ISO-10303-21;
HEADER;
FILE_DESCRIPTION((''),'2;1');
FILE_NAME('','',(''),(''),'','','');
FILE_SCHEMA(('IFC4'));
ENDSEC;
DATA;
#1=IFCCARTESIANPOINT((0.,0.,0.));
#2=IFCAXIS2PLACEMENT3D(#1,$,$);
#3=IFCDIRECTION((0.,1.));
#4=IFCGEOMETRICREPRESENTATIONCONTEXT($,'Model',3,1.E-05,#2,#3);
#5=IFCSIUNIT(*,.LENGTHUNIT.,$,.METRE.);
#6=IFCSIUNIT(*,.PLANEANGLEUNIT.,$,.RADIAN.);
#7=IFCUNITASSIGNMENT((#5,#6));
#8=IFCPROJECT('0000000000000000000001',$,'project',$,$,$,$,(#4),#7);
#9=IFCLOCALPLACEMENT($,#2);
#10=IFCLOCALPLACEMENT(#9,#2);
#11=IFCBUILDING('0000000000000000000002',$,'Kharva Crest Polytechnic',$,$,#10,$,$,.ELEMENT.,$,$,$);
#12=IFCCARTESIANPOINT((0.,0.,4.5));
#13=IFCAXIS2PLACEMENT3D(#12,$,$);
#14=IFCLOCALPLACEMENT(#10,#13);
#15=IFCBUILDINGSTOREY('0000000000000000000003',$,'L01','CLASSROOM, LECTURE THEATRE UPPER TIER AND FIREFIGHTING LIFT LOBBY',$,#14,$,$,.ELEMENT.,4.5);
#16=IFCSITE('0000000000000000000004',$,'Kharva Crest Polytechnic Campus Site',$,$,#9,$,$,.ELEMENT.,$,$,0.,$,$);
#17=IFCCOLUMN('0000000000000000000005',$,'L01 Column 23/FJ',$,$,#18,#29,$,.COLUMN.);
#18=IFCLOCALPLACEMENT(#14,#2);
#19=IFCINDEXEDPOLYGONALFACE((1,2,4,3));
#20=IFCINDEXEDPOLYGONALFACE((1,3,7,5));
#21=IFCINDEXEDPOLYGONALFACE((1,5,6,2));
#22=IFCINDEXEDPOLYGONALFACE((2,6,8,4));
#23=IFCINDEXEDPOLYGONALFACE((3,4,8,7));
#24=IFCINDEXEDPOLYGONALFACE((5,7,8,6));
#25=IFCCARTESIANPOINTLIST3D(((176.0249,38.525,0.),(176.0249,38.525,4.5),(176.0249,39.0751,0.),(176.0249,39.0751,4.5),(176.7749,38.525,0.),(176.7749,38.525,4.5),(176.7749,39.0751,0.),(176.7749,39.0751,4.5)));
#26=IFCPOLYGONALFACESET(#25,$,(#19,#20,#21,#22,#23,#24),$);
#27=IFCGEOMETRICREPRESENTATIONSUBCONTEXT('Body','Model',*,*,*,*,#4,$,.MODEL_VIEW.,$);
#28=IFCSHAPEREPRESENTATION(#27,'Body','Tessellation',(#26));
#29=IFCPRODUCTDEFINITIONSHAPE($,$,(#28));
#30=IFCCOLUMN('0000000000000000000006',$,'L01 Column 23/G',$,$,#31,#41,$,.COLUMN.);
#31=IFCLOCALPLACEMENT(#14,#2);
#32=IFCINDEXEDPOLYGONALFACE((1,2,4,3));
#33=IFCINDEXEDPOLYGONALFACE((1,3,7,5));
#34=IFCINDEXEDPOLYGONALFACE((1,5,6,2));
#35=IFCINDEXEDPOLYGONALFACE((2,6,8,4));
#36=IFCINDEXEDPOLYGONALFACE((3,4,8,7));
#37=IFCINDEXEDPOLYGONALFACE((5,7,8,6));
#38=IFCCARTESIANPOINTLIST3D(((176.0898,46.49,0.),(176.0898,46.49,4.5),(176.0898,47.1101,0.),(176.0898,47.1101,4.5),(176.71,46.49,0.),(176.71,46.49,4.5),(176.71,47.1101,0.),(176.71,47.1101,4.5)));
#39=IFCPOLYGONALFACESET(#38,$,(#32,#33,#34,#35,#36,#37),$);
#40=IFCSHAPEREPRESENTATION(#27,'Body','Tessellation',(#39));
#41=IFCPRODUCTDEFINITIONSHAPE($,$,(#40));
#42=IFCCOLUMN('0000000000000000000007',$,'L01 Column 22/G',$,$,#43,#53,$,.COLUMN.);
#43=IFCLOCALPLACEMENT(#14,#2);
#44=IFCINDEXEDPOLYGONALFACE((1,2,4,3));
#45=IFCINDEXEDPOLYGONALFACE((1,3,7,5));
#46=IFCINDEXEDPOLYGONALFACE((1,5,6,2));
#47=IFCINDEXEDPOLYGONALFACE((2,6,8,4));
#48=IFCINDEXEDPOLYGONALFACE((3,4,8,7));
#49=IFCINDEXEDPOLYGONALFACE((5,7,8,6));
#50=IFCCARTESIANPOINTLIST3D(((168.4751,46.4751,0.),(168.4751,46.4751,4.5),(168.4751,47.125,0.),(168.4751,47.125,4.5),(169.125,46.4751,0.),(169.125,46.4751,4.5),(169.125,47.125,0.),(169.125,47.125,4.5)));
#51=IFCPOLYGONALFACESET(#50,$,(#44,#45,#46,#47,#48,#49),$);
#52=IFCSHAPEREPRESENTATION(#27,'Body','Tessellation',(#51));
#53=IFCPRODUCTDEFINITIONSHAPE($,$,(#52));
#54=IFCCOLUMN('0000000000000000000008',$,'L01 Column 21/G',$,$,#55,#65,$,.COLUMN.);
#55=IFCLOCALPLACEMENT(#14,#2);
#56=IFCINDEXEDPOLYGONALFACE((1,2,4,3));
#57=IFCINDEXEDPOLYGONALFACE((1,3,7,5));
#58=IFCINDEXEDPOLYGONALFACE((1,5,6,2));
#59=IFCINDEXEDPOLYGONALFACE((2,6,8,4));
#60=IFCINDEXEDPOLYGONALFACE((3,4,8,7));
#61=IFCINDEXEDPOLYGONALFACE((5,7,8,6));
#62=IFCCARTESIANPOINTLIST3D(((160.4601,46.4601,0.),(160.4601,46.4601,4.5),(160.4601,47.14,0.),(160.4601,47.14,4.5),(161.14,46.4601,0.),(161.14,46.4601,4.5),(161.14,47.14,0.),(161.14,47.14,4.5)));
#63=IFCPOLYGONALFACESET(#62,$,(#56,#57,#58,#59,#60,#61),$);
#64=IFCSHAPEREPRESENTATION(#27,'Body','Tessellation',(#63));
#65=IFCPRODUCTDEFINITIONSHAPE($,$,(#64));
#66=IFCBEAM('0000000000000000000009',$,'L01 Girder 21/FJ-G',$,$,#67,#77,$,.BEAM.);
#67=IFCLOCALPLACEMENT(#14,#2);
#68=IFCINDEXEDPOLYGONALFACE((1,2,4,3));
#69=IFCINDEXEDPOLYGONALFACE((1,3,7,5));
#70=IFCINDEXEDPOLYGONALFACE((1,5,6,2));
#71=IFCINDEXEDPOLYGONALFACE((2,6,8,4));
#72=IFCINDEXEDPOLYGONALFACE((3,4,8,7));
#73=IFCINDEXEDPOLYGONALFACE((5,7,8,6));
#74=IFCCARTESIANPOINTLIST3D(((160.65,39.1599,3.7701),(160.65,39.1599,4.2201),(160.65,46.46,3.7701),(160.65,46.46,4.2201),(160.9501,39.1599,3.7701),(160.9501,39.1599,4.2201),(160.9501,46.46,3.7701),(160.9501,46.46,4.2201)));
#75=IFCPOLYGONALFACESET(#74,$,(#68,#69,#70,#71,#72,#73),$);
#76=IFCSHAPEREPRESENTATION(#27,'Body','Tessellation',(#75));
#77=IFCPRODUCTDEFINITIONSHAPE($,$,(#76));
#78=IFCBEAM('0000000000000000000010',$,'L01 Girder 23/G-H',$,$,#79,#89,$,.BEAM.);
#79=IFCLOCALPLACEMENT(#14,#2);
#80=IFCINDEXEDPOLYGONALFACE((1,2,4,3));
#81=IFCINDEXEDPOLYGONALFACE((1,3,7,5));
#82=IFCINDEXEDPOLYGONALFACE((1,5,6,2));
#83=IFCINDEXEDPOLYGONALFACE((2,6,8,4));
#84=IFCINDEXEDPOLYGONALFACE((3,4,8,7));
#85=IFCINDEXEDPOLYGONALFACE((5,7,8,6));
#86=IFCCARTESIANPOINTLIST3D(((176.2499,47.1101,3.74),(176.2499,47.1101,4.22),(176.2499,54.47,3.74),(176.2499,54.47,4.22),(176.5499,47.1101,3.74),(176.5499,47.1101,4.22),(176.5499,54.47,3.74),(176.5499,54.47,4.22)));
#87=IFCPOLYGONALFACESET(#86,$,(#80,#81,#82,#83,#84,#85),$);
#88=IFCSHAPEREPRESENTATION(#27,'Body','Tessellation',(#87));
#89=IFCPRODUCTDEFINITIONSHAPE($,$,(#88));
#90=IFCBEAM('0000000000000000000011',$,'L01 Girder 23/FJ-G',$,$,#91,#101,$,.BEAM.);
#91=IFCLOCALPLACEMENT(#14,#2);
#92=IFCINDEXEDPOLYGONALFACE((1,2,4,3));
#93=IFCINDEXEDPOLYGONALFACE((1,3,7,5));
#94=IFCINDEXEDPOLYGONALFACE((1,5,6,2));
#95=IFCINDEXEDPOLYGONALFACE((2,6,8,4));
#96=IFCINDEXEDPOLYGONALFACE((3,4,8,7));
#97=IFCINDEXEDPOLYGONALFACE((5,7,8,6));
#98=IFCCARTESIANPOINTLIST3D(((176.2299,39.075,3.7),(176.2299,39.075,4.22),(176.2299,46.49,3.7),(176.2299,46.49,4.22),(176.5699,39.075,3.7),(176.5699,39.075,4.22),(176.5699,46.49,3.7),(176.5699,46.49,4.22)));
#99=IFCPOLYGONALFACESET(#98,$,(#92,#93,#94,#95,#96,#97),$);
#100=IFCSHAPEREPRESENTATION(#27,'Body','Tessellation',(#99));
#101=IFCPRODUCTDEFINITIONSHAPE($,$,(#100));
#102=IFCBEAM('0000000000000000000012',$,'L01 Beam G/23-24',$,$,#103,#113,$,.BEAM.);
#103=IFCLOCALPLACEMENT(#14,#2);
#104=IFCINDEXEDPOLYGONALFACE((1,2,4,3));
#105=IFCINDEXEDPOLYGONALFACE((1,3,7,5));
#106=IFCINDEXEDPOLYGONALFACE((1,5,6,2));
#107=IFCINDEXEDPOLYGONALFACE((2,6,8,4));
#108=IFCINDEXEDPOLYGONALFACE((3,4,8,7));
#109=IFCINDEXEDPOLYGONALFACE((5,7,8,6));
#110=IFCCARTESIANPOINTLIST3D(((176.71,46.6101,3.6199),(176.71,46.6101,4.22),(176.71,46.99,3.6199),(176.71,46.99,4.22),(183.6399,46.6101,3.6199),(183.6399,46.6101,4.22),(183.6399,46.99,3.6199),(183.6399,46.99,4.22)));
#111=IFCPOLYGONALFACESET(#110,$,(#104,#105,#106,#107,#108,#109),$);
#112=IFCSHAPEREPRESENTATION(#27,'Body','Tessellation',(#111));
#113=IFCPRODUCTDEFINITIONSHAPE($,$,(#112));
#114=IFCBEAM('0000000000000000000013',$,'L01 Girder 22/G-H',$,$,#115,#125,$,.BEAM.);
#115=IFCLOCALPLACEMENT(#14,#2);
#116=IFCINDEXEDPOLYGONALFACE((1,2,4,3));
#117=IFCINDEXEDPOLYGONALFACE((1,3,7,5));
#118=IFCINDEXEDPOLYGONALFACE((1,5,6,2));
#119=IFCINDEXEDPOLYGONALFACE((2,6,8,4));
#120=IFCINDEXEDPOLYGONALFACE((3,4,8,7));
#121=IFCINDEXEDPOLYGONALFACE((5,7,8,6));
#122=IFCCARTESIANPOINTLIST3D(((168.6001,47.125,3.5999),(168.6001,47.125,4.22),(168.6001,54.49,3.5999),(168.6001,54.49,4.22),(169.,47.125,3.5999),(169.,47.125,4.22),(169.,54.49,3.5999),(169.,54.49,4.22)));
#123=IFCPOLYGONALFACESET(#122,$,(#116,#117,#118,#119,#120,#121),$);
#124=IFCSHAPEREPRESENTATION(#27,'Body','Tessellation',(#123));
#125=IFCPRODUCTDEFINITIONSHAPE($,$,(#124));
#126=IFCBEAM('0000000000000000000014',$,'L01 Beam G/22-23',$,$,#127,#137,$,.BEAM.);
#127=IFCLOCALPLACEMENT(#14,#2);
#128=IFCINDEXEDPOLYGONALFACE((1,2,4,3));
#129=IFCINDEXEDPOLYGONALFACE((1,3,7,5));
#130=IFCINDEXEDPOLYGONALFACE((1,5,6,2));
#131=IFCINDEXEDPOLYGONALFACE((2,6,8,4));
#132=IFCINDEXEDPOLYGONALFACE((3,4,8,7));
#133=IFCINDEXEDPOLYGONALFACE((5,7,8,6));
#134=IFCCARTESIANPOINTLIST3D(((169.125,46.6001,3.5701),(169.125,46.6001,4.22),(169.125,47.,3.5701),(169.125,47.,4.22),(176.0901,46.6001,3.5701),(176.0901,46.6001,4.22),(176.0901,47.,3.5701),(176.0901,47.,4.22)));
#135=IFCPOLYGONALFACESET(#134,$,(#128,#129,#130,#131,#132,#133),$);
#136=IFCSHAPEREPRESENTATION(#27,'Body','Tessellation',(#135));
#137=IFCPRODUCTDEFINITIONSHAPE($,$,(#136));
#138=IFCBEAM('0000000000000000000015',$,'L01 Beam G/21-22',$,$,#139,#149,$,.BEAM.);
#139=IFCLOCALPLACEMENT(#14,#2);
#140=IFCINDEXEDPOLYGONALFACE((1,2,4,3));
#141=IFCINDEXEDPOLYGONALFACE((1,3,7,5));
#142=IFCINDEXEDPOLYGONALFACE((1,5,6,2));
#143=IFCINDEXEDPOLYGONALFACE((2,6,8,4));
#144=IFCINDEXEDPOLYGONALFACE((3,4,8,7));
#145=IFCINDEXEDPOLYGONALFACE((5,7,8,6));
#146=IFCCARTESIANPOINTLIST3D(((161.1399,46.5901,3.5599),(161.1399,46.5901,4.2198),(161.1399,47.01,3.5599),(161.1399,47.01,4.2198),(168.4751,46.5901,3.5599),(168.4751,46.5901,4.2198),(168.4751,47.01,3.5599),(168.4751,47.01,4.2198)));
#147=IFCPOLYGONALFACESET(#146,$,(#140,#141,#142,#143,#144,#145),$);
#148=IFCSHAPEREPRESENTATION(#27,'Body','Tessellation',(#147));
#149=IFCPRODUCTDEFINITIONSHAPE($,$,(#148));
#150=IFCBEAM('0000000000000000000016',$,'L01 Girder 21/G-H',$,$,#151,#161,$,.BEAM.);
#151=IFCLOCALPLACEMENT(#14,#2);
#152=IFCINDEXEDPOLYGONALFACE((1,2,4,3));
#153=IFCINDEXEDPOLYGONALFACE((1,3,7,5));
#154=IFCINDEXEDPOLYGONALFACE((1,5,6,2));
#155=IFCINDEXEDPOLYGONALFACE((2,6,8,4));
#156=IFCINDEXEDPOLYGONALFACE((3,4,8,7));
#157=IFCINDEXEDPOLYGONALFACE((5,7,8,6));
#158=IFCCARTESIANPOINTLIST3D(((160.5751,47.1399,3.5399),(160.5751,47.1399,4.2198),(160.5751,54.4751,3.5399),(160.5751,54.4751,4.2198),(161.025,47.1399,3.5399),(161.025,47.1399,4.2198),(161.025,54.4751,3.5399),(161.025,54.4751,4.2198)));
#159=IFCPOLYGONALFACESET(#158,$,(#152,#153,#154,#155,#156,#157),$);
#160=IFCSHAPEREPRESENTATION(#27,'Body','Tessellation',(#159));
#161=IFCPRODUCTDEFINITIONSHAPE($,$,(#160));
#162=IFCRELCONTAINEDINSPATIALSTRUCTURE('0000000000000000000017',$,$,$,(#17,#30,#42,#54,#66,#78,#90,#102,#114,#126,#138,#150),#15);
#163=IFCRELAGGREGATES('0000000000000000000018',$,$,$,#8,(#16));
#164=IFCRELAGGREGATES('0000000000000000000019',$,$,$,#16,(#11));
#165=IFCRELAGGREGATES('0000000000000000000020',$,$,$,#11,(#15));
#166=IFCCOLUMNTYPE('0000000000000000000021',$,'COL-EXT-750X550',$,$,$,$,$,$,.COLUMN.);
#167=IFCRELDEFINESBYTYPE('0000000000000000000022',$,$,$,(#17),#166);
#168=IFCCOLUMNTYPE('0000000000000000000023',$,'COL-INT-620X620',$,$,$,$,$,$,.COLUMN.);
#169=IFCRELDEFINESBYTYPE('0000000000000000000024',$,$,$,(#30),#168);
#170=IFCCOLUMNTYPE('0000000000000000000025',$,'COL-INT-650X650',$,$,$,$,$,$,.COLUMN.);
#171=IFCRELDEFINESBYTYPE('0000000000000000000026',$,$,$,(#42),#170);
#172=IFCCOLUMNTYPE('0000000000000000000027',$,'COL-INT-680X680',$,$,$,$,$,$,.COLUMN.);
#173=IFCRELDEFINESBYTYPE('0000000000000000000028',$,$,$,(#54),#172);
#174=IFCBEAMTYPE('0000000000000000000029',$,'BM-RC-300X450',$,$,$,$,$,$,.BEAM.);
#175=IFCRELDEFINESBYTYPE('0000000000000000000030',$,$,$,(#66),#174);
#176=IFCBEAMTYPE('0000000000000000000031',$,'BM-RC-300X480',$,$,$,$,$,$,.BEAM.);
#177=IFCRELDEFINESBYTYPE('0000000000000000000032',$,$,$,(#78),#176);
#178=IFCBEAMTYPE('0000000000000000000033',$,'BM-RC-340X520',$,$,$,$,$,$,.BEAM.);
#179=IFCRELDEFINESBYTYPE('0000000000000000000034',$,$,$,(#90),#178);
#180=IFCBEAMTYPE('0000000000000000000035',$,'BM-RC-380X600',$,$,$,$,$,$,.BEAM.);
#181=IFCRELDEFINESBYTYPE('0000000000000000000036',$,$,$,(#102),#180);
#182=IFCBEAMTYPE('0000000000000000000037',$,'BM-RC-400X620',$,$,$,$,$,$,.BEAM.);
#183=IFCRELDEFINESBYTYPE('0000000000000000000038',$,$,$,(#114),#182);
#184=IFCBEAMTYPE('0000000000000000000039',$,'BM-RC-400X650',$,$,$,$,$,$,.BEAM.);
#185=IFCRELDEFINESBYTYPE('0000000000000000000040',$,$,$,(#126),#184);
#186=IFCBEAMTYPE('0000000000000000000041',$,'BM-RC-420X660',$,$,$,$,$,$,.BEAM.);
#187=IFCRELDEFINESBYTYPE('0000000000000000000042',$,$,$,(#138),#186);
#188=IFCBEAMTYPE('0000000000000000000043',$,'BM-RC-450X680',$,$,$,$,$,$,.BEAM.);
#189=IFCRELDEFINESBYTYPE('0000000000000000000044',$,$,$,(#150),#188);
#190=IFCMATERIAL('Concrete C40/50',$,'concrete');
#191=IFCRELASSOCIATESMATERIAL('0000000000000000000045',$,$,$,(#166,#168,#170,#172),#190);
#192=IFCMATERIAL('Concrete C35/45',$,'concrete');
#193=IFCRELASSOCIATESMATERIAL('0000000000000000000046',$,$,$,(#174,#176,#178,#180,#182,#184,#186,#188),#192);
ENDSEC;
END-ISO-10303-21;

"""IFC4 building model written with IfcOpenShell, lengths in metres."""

from ifc_helpers import new_model, si_unit, direction, frame, origin, origin_2d, place, context, subcontext, project, spatial, rectangle, extrude, material, material_profile, profile_set, type_object, element, save


model = new_model("IFC4")

# Units and contexts
model_context = context("Model", 3, precision=1e-05, world=origin(), true_north=direction((0.0, 1.0)))
body_context = subcontext(model_context, "Body", "Model", "MODEL_VIEW")
ifc_project = project(units=[si_unit("LENGTHUNIT", "METRE"), si_unit("PLANEANGLEUNIT", "RADIAN")], contexts=[model_context])

# Site, building, storey
site_placement = place(None, origin())
site = spatial("IfcSite", under=ifc_project, at=site_placement, Name="Kharva Crest Polytechnic Campus Site", CompositionType="ELEMENT", RefElevation=0.0)
building_placement = place(site_placement, origin())
building = spatial("IfcBuilding", under=site, at=building_placement, Name="Kharva Crest Polytechnic", CompositionType="ELEMENT")
storey_placement = place(building_placement, frame((0.0, 0.0, 4.5)))
storey = spatial("IfcBuildingStorey", under=building, at=storey_placement, Name="L01", Description="CLASSROOM, LECTURE THEATRE UPPER TIER AND FIREFIGHTING LIFT LOBBY", CompositionType="ELEMENT", Elevation=4.5)

# Columns
ifc_material_1 = material(Name="Concrete C40/50", Category="concrete")
ifc_material_profile_1 = material_profile(ifc_material_1, rectangle(XDim=0.75, YDim=0.55, at=origin_2d()), Name="RECT 750 X 550")
ifc_profile_set_1 = profile_set([ifc_material_profile_1], Name="Concrete C40/50")
column_type_1 = type_object("IfcColumnType", Name="COL-EXT-750X550", PredefinedType="COLUMN", material=ifc_profile_set_1)
column_1_placement = place(storey_placement, frame((176.3999, 38.8, 0.0), z_axis=(0.0, 0.0, 1.0), x_axis=(1.0, 0.0, 0.0)))
element("IfcColumn", 1, at=column_1_placement, inside=storey, type_object=column_type_1, Name="L01 Column 23/FJ", PredefinedType="COLUMN", context=body_context, shape_type="SweptSolid", body=[
    extrude(rectangle(XDim=0.75, YDim=0.55, at=origin_2d()), origin(), (0.0, 0.0, 1.0), 4.5),
])
ifc_material_profile_2 = material_profile(ifc_material_1, rectangle(XDim=0.6201, YDim=0.6201, at=origin_2d()), Name="RECT 620 X 620")
ifc_profile_set_2 = profile_set([ifc_material_profile_2], Name="Concrete C40/50")
column_type_2 = type_object("IfcColumnType", Name="COL-INT-620X620", PredefinedType="COLUMN", material=ifc_profile_set_2)
column_2_placement = place(storey_placement, frame((176.3999, 46.8, 0.0), z_axis=(0.0, 0.0, 1.0), x_axis=(1.0, 0.0, 0.0)))
element("IfcColumn", 2, at=column_2_placement, inside=storey, type_object=column_type_2, Name="L01 Column 23/G", PredefinedType="COLUMN", context=body_context, shape_type="SweptSolid", body=[
    extrude(rectangle(XDim=0.6201, YDim=0.6201, at=origin_2d()), origin(), (0.0, 0.0, 1.0), 4.5),
])
ifc_material_profile_3 = material_profile(ifc_material_1, rectangle(XDim=0.6499, YDim=0.6499, at=origin_2d()), Name="RECT 650 X 650")
ifc_profile_set_3 = profile_set([ifc_material_profile_3], Name="Concrete C40/50")
column_type_3 = type_object("IfcColumnType", Name="COL-INT-650X650", PredefinedType="COLUMN", material=ifc_profile_set_3)
column_3_placement = place(storey_placement, frame((168.8, 46.8, 0.0), z_axis=(0.0, 0.0, 1.0), x_axis=(1.0, 0.0, 0.0)))
element("IfcColumn", 3, at=column_3_placement, inside=storey, type_object=column_type_3, Name="L01 Column 22/G", PredefinedType="COLUMN", context=body_context, shape_type="SweptSolid", body=[
    extrude(rectangle(XDim=0.6499, YDim=0.6499, at=origin_2d()), origin(), (0.0, 0.0, 1.0), 4.5),
])
ifc_material_profile_4 = material_profile(ifc_material_1, rectangle(XDim=0.6799, YDim=0.6799, at=origin_2d()), Name="RECT 680 X 680")
ifc_profile_set_4 = profile_set([ifc_material_profile_4], Name="Concrete C40/50")
column_type_4 = type_object("IfcColumnType", Name="COL-INT-680X680", PredefinedType="COLUMN", material=ifc_profile_set_4)
column_4_placement = place(storey_placement, frame((160.8, 46.8, 0.0), z_axis=(0.0, 0.0, 1.0), x_axis=(1.0, 0.0, 0.0)))
element("IfcColumn", 4, at=column_4_placement, inside=storey, type_object=column_type_4, Name="L01 Column 21/G", PredefinedType="COLUMN", context=body_context, shape_type="SweptSolid", body=[
    extrude(rectangle(XDim=0.6799, YDim=0.6799, at=origin_2d()), origin(), (0.0, 0.0, 1.0), 4.5),
])

# Beams
ifc_material_2 = material(Name="Concrete C35/45", Category="concrete")
ifc_material_profile_5 = material_profile(ifc_material_2, rectangle(XDim=0.3, YDim=0.45, at=origin_2d()), Name="RECT 300 X 450")
ifc_profile_set_5 = profile_set([ifc_material_profile_5], Name="Concrete C35/45")
beam_type_1 = type_object("IfcBeamType", Name="BM-RC-300X450", PredefinedType="BEAM", material=ifc_profile_set_5)
beam_1_placement = place(storey_placement, frame((160.8, 39.1599, 3.9951), z_axis=(0.0, 1.0, 0.0), x_axis=(-1.0, 0.0, 0.0)))
element("IfcBeam", 5, at=beam_1_placement, inside=storey, type_object=beam_type_1, Name="L01 Girder 21/FJ-G", PredefinedType="BEAM", context=body_context, shape_type="SweptSolid", body=[
    extrude(rectangle(XDim=0.3, YDim=0.45, at=origin_2d()), origin(), (0.0, 0.0, 1.0), 7.3),
])
ifc_material_profile_6 = material_profile(ifc_material_2, rectangle(XDim=0.3, YDim=0.48, at=origin_2d()), Name="RECT 300 X 480")
ifc_profile_set_6 = profile_set([ifc_material_profile_6], Name="Concrete C35/45")
beam_type_2 = type_object("IfcBeamType", Name="BM-RC-300X480", PredefinedType="BEAM", material=ifc_profile_set_6)
beam_2_placement = place(storey_placement, frame((176.3999, 47.1101, 3.98), z_axis=(0.0, 1.0, 0.0), x_axis=(-1.0, 0.0, 0.0)))
element("IfcBeam", 6, at=beam_2_placement, inside=storey, type_object=beam_type_2, Name="L01 Girder 23/G-H", PredefinedType="BEAM", context=body_context, shape_type="SweptSolid", body=[
    extrude(rectangle(XDim=0.3, YDim=0.48, at=origin_2d()), origin(), (0.0, 0.0, 1.0), 7.3599),
])
ifc_material_profile_7 = material_profile(ifc_material_2, rectangle(XDim=0.3401, YDim=0.52, at=origin_2d()), Name="RECT 340 X 520")
ifc_profile_set_7 = profile_set([ifc_material_profile_7], Name="Concrete C35/45")
beam_type_3 = type_object("IfcBeamType", Name="BM-RC-340X520", PredefinedType="BEAM", material=ifc_profile_set_7)
beam_3_placement = place(storey_placement, frame((176.3999, 39.075, 3.96), z_axis=(0.0, 1.0, 0.0), x_axis=(-1.0, 0.0, 0.0)))
element("IfcBeam", 7, at=beam_3_placement, inside=storey, type_object=beam_type_3, Name="L01 Girder 23/FJ-G", PredefinedType="BEAM", context=body_context, shape_type="SweptSolid", body=[
    extrude(rectangle(XDim=0.3401, YDim=0.52, at=origin_2d()), origin(), (0.0, 0.0, 1.0), 7.415),
])
ifc_material_profile_8 = material_profile(ifc_material_2, rectangle(XDim=0.3799, YDim=0.6001, at=origin_2d()), Name="RECT 380 X 600")
ifc_profile_set_8 = profile_set([ifc_material_profile_8], Name="Concrete C35/45")
beam_type_4 = type_object("IfcBeamType", Name="BM-RC-380X600", PredefinedType="BEAM", material=ifc_profile_set_8)
beam_4_placement = place(storey_placement, frame((176.71, 46.8, 3.9199), z_axis=(1.0, 0.0, 0.0), x_axis=(0.0, 1.0, 0.0)))
element("IfcBeam", 8, at=beam_4_placement, inside=storey, type_object=beam_type_4, Name="L01 Beam G/23-24", PredefinedType="BEAM", context=body_context, shape_type="SweptSolid", body=[
    extrude(rectangle(XDim=0.3799, YDim=0.6001, at=origin_2d()), origin(), (0.0, 0.0, 1.0), 6.9299),
])
ifc_material_profile_9 = material_profile(ifc_material_2, rectangle(XDim=0.3999, YDim=0.6201, at=origin_2d()), Name="RECT 400 X 620")
ifc_profile_set_9 = profile_set([ifc_material_profile_9], Name="Concrete C35/45")
beam_type_5 = type_object("IfcBeamType", Name="BM-RC-400X620", PredefinedType="BEAM", material=ifc_profile_set_9)
beam_5_placement = place(storey_placement, frame((168.8, 47.125, 3.9099), z_axis=(0.0, 1.0, 0.0), x_axis=(-1.0, 0.0, 0.0)))
element("IfcBeam", 9, at=beam_5_placement, inside=storey, type_object=beam_type_5, Name="L01 Girder 22/G-H", PredefinedType="BEAM", context=body_context, shape_type="SweptSolid", body=[
    extrude(rectangle(XDim=0.3999, YDim=0.6201, at=origin_2d()), origin(), (0.0, 0.0, 1.0), 7.365),
])
ifc_material_profile_10 = material_profile(ifc_material_2, rectangle(XDim=0.3999, YDim=0.6499, at=origin_2d()), Name="RECT 400 X 650")
ifc_profile_set_10 = profile_set([ifc_material_profile_10], Name="Concrete C35/45")
beam_type_6 = type_object("IfcBeamType", Name="BM-RC-400X650", PredefinedType="BEAM", material=ifc_profile_set_10)
beam_6_placement = place(storey_placement, frame((169.125, 46.8, 3.895), z_axis=(1.0, 0.0, 0.0), x_axis=(0.0, 1.0, 0.0)))
element("IfcBeam", 10, at=beam_6_placement, inside=storey, type_object=beam_type_6, Name="L01 Beam G/22-23", PredefinedType="BEAM", context=body_context, shape_type="SweptSolid", body=[
    extrude(rectangle(XDim=0.3999, YDim=0.6499, at=origin_2d()), origin(), (0.0, 0.0, 1.0), 6.9651),
])
ifc_material_profile_11 = material_profile(ifc_material_2, rectangle(XDim=0.4199, YDim=0.6599, at=origin_2d()), Name="RECT 420 X 660")
ifc_profile_set_11 = profile_set([ifc_material_profile_11], Name="Concrete C35/45")
beam_type_7 = type_object("IfcBeamType", Name="BM-RC-420X660", PredefinedType="BEAM", material=ifc_profile_set_11)
beam_7_placement = place(storey_placement, frame((161.1399, 46.8, 3.8899), z_axis=(1.0, 0.0, 0.0), x_axis=(0.0, 1.0, 0.0)))
element("IfcBeam", 11, at=beam_7_placement, inside=storey, type_object=beam_type_7, Name="L01 Beam G/21-22", PredefinedType="BEAM", context=body_context, shape_type="SweptSolid", body=[
    extrude(rectangle(XDim=0.4199, YDim=0.6599, at=origin_2d()), origin(), (0.0, 0.0, 1.0), 7.3352),
])
ifc_material_profile_12 = material_profile(ifc_material_2, rectangle(XDim=0.45, YDim=0.6799, at=origin_2d()), Name="RECT 450 X 680")
ifc_profile_set_12 = profile_set([ifc_material_profile_12], Name="Concrete C35/45")
beam_type_8 = type_object("IfcBeamType", Name="BM-RC-450X680", PredefinedType="BEAM", material=ifc_profile_set_12)
beam_8_placement = place(storey_placement, frame((160.8, 47.1399, 3.8799), z_axis=(0.0, 1.0, 0.0), x_axis=(-1.0, 0.0, 0.0)))
element("IfcBeam", 12, at=beam_8_placement, inside=storey, type_object=beam_type_8, Name="L01 Girder 21/G-H", PredefinedType="BEAM", context=body_context, shape_type="SweptSolid", body=[
    extrude(rectangle(XDim=0.45, YDim=0.6799, at=origin_2d()), origin(), (0.0, 0.0, 1.0), 7.3352),
])

save(model, "model.ifc")
